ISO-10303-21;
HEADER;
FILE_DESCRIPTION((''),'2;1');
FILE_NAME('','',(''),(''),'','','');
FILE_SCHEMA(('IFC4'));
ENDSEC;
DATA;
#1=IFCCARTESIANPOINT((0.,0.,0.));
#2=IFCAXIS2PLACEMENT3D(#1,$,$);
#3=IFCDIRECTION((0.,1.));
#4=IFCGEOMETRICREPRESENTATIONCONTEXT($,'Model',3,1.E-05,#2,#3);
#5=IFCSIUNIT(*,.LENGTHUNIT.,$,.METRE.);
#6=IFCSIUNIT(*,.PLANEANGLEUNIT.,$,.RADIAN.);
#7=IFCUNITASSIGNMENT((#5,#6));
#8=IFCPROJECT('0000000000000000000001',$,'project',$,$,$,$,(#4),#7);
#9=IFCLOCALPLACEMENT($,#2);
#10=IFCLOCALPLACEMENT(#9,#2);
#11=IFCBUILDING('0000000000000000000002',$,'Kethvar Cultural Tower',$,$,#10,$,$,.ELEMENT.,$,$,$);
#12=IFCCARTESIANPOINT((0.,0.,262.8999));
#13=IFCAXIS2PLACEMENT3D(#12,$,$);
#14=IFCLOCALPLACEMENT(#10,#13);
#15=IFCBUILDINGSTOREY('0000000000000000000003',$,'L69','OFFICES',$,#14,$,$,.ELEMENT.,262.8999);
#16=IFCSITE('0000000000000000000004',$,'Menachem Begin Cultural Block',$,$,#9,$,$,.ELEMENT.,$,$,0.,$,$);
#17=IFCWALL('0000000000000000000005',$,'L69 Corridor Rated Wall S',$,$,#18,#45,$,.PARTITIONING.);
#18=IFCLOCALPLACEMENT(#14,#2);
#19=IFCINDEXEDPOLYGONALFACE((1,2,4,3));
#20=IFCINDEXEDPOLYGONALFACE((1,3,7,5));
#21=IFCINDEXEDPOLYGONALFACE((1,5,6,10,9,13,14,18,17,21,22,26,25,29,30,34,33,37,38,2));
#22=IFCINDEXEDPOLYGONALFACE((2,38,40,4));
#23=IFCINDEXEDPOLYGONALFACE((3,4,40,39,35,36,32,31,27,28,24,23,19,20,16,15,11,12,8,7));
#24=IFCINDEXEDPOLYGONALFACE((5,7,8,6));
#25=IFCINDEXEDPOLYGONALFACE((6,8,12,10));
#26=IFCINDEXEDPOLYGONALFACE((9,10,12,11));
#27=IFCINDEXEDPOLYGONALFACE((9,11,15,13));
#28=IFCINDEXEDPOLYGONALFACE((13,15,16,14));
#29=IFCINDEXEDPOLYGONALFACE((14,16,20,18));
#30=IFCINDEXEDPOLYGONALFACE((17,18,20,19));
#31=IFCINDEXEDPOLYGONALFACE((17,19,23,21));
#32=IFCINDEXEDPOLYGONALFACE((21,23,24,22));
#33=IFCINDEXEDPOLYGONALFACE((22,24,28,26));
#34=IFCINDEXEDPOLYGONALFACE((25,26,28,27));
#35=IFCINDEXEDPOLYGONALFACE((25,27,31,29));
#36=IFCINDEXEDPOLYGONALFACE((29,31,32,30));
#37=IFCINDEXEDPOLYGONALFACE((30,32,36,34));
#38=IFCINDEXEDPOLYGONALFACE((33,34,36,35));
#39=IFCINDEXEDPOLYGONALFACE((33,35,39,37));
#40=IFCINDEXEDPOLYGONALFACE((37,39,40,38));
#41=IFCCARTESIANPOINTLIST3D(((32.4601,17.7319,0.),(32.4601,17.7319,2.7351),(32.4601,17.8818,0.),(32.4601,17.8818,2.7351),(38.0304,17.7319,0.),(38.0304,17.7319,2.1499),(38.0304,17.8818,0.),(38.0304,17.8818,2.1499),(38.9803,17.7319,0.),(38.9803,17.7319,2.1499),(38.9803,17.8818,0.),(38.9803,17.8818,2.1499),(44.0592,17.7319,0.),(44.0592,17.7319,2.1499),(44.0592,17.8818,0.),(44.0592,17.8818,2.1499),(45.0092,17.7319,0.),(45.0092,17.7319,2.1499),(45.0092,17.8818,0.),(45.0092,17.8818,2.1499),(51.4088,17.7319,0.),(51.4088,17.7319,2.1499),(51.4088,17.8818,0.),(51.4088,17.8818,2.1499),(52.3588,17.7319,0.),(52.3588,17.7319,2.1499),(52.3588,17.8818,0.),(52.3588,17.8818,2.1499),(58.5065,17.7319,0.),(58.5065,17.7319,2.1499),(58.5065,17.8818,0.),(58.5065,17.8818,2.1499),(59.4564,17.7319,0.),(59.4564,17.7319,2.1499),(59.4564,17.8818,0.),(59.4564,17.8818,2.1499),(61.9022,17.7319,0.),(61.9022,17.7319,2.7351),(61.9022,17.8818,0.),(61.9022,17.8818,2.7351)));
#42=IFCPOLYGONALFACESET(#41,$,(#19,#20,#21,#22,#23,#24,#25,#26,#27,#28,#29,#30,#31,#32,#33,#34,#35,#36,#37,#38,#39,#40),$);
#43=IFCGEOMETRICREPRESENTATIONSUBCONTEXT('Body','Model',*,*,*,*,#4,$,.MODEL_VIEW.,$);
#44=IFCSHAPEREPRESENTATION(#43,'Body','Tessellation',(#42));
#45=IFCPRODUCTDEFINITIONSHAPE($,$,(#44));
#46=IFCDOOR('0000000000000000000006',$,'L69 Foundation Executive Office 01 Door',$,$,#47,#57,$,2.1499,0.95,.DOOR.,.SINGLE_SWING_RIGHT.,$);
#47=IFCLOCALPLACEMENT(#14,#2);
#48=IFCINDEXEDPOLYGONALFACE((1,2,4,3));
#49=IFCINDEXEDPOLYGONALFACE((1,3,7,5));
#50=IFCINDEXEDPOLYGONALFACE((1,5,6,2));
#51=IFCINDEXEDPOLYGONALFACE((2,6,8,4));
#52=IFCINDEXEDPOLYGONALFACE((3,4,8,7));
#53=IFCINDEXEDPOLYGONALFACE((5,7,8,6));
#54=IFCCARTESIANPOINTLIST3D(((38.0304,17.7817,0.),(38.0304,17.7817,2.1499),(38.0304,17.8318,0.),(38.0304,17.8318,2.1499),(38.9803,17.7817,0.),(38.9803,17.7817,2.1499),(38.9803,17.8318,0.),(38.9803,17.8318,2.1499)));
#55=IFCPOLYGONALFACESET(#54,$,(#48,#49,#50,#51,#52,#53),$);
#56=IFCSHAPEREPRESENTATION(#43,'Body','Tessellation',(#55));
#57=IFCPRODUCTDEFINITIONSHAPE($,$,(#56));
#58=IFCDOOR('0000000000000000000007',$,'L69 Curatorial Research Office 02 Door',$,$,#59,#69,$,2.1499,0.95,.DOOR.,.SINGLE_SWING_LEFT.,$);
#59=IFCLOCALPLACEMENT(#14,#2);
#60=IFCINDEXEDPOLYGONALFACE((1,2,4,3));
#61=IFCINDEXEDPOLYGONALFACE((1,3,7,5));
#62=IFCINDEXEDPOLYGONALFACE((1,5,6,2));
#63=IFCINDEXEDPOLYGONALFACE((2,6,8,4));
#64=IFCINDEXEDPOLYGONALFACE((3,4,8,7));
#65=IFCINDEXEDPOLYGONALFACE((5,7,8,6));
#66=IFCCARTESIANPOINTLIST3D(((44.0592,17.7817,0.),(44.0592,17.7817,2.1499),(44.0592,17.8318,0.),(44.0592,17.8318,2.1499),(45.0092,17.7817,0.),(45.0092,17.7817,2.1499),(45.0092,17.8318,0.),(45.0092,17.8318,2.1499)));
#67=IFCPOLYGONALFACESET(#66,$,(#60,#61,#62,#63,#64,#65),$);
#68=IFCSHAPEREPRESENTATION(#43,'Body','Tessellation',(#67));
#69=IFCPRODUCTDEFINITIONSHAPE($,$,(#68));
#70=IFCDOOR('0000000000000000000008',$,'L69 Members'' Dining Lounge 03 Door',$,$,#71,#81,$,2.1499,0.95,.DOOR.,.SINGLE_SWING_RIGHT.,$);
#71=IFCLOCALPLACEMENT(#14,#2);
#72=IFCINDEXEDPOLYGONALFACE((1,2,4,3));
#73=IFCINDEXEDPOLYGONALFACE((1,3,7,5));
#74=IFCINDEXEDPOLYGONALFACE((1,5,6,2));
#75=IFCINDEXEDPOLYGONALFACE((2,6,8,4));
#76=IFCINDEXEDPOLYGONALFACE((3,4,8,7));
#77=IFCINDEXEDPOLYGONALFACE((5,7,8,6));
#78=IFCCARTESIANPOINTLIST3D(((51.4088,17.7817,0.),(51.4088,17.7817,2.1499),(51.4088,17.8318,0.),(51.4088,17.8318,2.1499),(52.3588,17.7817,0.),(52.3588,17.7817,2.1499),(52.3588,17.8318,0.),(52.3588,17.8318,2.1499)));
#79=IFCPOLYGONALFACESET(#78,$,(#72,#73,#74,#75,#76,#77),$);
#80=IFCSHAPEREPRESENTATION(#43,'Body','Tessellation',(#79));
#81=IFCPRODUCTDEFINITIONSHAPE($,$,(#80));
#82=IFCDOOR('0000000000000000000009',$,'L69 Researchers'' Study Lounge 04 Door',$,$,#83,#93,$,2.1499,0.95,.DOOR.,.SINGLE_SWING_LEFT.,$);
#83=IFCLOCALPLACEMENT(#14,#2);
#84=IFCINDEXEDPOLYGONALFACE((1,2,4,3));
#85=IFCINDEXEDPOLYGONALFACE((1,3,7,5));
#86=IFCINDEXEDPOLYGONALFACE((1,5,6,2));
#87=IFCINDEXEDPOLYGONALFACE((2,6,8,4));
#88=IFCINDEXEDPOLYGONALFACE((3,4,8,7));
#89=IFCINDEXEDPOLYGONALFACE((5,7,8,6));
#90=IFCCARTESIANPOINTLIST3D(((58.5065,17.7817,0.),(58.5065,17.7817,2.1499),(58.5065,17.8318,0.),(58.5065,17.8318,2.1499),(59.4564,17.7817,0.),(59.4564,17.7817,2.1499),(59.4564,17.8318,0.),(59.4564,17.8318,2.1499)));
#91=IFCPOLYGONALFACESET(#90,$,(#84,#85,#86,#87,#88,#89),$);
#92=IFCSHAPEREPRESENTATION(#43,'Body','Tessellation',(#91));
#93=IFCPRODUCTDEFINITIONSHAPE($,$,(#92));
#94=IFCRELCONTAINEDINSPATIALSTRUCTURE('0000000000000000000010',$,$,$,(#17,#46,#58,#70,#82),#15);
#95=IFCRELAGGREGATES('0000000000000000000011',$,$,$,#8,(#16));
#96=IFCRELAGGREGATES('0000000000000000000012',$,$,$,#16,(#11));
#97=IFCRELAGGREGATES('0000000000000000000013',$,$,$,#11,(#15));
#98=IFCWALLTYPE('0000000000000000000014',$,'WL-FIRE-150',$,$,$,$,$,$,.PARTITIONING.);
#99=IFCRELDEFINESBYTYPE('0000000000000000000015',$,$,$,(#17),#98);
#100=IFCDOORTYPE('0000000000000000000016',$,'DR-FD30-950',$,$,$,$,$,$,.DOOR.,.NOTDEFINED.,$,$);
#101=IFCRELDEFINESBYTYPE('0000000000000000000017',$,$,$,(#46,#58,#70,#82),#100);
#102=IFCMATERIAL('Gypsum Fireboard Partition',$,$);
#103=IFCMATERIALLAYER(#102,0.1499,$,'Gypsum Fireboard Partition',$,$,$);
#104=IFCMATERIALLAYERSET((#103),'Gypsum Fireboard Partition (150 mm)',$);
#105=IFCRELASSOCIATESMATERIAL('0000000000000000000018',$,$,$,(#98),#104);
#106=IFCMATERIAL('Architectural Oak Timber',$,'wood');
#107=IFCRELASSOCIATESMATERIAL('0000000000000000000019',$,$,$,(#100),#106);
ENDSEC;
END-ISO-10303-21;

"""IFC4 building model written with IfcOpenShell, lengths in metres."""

from ifc_helpers import new_model, si_unit, direction, frame, frame_2d, origin, place, context, subcontext, project, spatial, rectangle, extrude, source, transform, mapped, material, layer, layer_set, type_object, element, fill, save


model = new_model("IFC4")

# Units and contexts
model_context = context("Model", 3, precision=1e-05, world=origin(), true_north=direction((0.0, 1.0)))
body_context = subcontext(model_context, "Body", "Model", "MODEL_VIEW")
ifc_project = project(units=[si_unit("LENGTHUNIT", "METRE"), si_unit("PLANEANGLEUNIT", "RADIAN")], contexts=[model_context])

# Site, building, storey
site_placement = place(None, origin())
site = spatial("IfcSite", under=ifc_project, at=site_placement, Name="Menachem Begin Cultural Block", CompositionType="ELEMENT", RefElevation=0.0)
building_placement = place(site_placement, origin())
building = spatial("IfcBuilding", under=site, at=building_placement, Name="Kethvar Cultural Tower", CompositionType="ELEMENT")
storey_placement = place(building_placement, frame((0.0, 0.0, 262.8999)))
storey = spatial("IfcBuildingStorey", under=building, at=storey_placement, Name="L69", Description="OFFICES", CompositionType="ELEMENT", Elevation=262.8999)

# Wall, openings, doors
ifc_material_1 = material(Name="Gypsum Fireboard Partition")
ifc_layer_1 = layer(ifc_material_1, 0.1499, Name="Gypsum Fireboard Partition")
ifc_layer_set_1 = layer_set([ifc_layer_1], Name="Gypsum Fireboard Partition (150 mm)")
wall_type = type_object("IfcWallType", Name="WL-FIRE-150", PredefinedType="PARTITIONING", material=ifc_layer_set_1)
wall_placement = place(storey_placement, frame((32.46, 17.8069, 0.0), z_axis=(0.0, 0.0, 1.0), x_axis=(1.0, 0.0, 0.0)))
wall = element("IfcWall", 1, at=wall_placement, inside=storey, type_object=wall_type, Name="L69 Corridor Rated Wall S", PredefinedType="PARTITIONING", context=body_context, shape_type="SweptSolid", body=[
    extrude(rectangle(XDim=29.4421, YDim=0.1499, at=frame_2d((14.7212, 0.0))), origin(), (0.0, 0.0, 1.0), 2.7351),
])
opening_1_placement = place(wall_placement, frame((5.5703, 0.0, 0.0)))
opening_1 = element("IfcOpeningElement", 2, at=opening_1_placement, cuts=wall, PredefinedType="OPENING", context=body_context, shape_type="SweptSolid", body=[
    extrude(rectangle(XDim=0.95, YDim=2.1499, at=frame_2d((0.4751, 1.075))), frame((0.0, 0.085, 0.0), z_axis=(0.0, -1.0, 0.0), x_axis=(1.0, 0.0, 0.0)), (0.0, 0.0, 1.0), 0.1699),
])
opening_2_placement = place(wall_placement, frame((11.5991, 0.0, 0.0)))
opening_2 = element("IfcOpeningElement", 3, at=opening_2_placement, cuts=wall, PredefinedType="OPENING", context=body_context, shape_type="SweptSolid", body=[
    extrude(rectangle(XDim=0.95, YDim=2.1499, at=frame_2d((0.4751, 1.075))), frame((0.0, 0.085, 0.0), z_axis=(0.0, -1.0, 0.0), x_axis=(1.0, 0.0, 0.0)), (0.0, 0.0, 1.0), 0.1699),
])
opening_3_placement = place(wall_placement, frame((18.9487, 0.0, 0.0)))
opening_3 = element("IfcOpeningElement", 4, at=opening_3_placement, cuts=wall, PredefinedType="OPENING", context=body_context, shape_type="SweptSolid", body=[
    extrude(rectangle(XDim=0.95, YDim=2.1499, at=frame_2d((0.4751, 1.075))), frame((0.0, 0.085, 0.0), z_axis=(0.0, -1.0, 0.0), x_axis=(1.0, 0.0, 0.0)), (0.0, 0.0, 1.0), 0.1699),
])
opening_4_placement = place(wall_placement, frame((26.0464, 0.0, 0.0)))
opening_4 = element("IfcOpeningElement", 5, at=opening_4_placement, cuts=wall, PredefinedType="OPENING", context=body_context, shape_type="SweptSolid", body=[
    extrude(rectangle(XDim=0.95, YDim=2.1499, at=frame_2d((0.4751, 1.075))), frame((0.0, 0.085, 0.0), z_axis=(0.0, -1.0, 0.0), x_axis=(1.0, 0.0, 0.0)), (0.0, 0.0, 1.0), 0.1699),
])
ifc_material_2 = material(Name="Architectural Oak Timber", Category="wood")
door_type = type_object("IfcDoorType", Name="DR-FD30-950", OperationType="NOTDEFINED", PredefinedType="DOOR", material=ifc_material_2)
shared_shape_1 = source(origin(), body_context, "Body", "SweptSolid", [
    extrude(rectangle(XDim=0.95, YDim=2.1499, at=frame_2d((0.4751, 1.075))), frame((0.0, 0.0249, 0.0), z_axis=(0.0, -1.0, 0.0), x_axis=(1.0, 0.0, 0.0)), (0.0, 0.0, 1.0), 0.05),
])
door_1_placement = place(opening_1_placement, origin())
door_1 = element("IfcDoor", 6, at=door_1_placement, inside=storey, type_object=door_type, Name="L69 Foundation Executive Office 01 Door", OperationType="SINGLE_SWING_RIGHT", OverallHeight=2.1499, OverallWidth=0.95, PredefinedType="DOOR", context=body_context, shape_type="MappedRepresentation", body=[
    mapped(shared_shape_1, transform((0.0, 0.0, 0.0), scale=1.0)),
])
fill(opening_1, door_1)
door_2_placement = place(opening_2_placement, origin())
door_2 = element("IfcDoor", 7, at=door_2_placement, inside=storey, type_object=door_type, Name="L69 Curatorial Research Office 02 Door", OperationType="SINGLE_SWING_LEFT", OverallHeight=2.1499, OverallWidth=0.95, PredefinedType="DOOR", context=body_context, shape_type="MappedRepresentation", body=[
    mapped(shared_shape_1, transform((0.0, 0.0, 0.0), scale=1.0)),
])
fill(opening_2, door_2)
door_3_placement = place(opening_3_placement, origin())
door_3 = element("IfcDoor", 8, at=door_3_placement, inside=storey, type_object=door_type, Name="L69 Members' Dining Lounge 03 Door", OperationType="SINGLE_SWING_RIGHT", OverallHeight=2.1499, OverallWidth=0.95, PredefinedType="DOOR", context=body_context, shape_type="MappedRepresentation", body=[
    mapped(shared_shape_1, transform((0.0, 0.0, 0.0), scale=1.0)),
])
fill(opening_3, door_3)
door_4_placement = place(opening_4_placement, origin())
door_4 = element("IfcDoor", 9, at=door_4_placement, inside=storey, type_object=door_type, Name="L69 Researchers' Study Lounge 04 Door", OperationType="SINGLE_SWING_LEFT", OverallHeight=2.1499, OverallWidth=0.95, PredefinedType="DOOR", context=body_context, shape_type="MappedRepresentation", body=[
    mapped(shared_shape_1, transform((0.0, 0.0, 0.0), scale=1.0)),
])
fill(opening_4, door_4)

save(model, "model.ifc")
